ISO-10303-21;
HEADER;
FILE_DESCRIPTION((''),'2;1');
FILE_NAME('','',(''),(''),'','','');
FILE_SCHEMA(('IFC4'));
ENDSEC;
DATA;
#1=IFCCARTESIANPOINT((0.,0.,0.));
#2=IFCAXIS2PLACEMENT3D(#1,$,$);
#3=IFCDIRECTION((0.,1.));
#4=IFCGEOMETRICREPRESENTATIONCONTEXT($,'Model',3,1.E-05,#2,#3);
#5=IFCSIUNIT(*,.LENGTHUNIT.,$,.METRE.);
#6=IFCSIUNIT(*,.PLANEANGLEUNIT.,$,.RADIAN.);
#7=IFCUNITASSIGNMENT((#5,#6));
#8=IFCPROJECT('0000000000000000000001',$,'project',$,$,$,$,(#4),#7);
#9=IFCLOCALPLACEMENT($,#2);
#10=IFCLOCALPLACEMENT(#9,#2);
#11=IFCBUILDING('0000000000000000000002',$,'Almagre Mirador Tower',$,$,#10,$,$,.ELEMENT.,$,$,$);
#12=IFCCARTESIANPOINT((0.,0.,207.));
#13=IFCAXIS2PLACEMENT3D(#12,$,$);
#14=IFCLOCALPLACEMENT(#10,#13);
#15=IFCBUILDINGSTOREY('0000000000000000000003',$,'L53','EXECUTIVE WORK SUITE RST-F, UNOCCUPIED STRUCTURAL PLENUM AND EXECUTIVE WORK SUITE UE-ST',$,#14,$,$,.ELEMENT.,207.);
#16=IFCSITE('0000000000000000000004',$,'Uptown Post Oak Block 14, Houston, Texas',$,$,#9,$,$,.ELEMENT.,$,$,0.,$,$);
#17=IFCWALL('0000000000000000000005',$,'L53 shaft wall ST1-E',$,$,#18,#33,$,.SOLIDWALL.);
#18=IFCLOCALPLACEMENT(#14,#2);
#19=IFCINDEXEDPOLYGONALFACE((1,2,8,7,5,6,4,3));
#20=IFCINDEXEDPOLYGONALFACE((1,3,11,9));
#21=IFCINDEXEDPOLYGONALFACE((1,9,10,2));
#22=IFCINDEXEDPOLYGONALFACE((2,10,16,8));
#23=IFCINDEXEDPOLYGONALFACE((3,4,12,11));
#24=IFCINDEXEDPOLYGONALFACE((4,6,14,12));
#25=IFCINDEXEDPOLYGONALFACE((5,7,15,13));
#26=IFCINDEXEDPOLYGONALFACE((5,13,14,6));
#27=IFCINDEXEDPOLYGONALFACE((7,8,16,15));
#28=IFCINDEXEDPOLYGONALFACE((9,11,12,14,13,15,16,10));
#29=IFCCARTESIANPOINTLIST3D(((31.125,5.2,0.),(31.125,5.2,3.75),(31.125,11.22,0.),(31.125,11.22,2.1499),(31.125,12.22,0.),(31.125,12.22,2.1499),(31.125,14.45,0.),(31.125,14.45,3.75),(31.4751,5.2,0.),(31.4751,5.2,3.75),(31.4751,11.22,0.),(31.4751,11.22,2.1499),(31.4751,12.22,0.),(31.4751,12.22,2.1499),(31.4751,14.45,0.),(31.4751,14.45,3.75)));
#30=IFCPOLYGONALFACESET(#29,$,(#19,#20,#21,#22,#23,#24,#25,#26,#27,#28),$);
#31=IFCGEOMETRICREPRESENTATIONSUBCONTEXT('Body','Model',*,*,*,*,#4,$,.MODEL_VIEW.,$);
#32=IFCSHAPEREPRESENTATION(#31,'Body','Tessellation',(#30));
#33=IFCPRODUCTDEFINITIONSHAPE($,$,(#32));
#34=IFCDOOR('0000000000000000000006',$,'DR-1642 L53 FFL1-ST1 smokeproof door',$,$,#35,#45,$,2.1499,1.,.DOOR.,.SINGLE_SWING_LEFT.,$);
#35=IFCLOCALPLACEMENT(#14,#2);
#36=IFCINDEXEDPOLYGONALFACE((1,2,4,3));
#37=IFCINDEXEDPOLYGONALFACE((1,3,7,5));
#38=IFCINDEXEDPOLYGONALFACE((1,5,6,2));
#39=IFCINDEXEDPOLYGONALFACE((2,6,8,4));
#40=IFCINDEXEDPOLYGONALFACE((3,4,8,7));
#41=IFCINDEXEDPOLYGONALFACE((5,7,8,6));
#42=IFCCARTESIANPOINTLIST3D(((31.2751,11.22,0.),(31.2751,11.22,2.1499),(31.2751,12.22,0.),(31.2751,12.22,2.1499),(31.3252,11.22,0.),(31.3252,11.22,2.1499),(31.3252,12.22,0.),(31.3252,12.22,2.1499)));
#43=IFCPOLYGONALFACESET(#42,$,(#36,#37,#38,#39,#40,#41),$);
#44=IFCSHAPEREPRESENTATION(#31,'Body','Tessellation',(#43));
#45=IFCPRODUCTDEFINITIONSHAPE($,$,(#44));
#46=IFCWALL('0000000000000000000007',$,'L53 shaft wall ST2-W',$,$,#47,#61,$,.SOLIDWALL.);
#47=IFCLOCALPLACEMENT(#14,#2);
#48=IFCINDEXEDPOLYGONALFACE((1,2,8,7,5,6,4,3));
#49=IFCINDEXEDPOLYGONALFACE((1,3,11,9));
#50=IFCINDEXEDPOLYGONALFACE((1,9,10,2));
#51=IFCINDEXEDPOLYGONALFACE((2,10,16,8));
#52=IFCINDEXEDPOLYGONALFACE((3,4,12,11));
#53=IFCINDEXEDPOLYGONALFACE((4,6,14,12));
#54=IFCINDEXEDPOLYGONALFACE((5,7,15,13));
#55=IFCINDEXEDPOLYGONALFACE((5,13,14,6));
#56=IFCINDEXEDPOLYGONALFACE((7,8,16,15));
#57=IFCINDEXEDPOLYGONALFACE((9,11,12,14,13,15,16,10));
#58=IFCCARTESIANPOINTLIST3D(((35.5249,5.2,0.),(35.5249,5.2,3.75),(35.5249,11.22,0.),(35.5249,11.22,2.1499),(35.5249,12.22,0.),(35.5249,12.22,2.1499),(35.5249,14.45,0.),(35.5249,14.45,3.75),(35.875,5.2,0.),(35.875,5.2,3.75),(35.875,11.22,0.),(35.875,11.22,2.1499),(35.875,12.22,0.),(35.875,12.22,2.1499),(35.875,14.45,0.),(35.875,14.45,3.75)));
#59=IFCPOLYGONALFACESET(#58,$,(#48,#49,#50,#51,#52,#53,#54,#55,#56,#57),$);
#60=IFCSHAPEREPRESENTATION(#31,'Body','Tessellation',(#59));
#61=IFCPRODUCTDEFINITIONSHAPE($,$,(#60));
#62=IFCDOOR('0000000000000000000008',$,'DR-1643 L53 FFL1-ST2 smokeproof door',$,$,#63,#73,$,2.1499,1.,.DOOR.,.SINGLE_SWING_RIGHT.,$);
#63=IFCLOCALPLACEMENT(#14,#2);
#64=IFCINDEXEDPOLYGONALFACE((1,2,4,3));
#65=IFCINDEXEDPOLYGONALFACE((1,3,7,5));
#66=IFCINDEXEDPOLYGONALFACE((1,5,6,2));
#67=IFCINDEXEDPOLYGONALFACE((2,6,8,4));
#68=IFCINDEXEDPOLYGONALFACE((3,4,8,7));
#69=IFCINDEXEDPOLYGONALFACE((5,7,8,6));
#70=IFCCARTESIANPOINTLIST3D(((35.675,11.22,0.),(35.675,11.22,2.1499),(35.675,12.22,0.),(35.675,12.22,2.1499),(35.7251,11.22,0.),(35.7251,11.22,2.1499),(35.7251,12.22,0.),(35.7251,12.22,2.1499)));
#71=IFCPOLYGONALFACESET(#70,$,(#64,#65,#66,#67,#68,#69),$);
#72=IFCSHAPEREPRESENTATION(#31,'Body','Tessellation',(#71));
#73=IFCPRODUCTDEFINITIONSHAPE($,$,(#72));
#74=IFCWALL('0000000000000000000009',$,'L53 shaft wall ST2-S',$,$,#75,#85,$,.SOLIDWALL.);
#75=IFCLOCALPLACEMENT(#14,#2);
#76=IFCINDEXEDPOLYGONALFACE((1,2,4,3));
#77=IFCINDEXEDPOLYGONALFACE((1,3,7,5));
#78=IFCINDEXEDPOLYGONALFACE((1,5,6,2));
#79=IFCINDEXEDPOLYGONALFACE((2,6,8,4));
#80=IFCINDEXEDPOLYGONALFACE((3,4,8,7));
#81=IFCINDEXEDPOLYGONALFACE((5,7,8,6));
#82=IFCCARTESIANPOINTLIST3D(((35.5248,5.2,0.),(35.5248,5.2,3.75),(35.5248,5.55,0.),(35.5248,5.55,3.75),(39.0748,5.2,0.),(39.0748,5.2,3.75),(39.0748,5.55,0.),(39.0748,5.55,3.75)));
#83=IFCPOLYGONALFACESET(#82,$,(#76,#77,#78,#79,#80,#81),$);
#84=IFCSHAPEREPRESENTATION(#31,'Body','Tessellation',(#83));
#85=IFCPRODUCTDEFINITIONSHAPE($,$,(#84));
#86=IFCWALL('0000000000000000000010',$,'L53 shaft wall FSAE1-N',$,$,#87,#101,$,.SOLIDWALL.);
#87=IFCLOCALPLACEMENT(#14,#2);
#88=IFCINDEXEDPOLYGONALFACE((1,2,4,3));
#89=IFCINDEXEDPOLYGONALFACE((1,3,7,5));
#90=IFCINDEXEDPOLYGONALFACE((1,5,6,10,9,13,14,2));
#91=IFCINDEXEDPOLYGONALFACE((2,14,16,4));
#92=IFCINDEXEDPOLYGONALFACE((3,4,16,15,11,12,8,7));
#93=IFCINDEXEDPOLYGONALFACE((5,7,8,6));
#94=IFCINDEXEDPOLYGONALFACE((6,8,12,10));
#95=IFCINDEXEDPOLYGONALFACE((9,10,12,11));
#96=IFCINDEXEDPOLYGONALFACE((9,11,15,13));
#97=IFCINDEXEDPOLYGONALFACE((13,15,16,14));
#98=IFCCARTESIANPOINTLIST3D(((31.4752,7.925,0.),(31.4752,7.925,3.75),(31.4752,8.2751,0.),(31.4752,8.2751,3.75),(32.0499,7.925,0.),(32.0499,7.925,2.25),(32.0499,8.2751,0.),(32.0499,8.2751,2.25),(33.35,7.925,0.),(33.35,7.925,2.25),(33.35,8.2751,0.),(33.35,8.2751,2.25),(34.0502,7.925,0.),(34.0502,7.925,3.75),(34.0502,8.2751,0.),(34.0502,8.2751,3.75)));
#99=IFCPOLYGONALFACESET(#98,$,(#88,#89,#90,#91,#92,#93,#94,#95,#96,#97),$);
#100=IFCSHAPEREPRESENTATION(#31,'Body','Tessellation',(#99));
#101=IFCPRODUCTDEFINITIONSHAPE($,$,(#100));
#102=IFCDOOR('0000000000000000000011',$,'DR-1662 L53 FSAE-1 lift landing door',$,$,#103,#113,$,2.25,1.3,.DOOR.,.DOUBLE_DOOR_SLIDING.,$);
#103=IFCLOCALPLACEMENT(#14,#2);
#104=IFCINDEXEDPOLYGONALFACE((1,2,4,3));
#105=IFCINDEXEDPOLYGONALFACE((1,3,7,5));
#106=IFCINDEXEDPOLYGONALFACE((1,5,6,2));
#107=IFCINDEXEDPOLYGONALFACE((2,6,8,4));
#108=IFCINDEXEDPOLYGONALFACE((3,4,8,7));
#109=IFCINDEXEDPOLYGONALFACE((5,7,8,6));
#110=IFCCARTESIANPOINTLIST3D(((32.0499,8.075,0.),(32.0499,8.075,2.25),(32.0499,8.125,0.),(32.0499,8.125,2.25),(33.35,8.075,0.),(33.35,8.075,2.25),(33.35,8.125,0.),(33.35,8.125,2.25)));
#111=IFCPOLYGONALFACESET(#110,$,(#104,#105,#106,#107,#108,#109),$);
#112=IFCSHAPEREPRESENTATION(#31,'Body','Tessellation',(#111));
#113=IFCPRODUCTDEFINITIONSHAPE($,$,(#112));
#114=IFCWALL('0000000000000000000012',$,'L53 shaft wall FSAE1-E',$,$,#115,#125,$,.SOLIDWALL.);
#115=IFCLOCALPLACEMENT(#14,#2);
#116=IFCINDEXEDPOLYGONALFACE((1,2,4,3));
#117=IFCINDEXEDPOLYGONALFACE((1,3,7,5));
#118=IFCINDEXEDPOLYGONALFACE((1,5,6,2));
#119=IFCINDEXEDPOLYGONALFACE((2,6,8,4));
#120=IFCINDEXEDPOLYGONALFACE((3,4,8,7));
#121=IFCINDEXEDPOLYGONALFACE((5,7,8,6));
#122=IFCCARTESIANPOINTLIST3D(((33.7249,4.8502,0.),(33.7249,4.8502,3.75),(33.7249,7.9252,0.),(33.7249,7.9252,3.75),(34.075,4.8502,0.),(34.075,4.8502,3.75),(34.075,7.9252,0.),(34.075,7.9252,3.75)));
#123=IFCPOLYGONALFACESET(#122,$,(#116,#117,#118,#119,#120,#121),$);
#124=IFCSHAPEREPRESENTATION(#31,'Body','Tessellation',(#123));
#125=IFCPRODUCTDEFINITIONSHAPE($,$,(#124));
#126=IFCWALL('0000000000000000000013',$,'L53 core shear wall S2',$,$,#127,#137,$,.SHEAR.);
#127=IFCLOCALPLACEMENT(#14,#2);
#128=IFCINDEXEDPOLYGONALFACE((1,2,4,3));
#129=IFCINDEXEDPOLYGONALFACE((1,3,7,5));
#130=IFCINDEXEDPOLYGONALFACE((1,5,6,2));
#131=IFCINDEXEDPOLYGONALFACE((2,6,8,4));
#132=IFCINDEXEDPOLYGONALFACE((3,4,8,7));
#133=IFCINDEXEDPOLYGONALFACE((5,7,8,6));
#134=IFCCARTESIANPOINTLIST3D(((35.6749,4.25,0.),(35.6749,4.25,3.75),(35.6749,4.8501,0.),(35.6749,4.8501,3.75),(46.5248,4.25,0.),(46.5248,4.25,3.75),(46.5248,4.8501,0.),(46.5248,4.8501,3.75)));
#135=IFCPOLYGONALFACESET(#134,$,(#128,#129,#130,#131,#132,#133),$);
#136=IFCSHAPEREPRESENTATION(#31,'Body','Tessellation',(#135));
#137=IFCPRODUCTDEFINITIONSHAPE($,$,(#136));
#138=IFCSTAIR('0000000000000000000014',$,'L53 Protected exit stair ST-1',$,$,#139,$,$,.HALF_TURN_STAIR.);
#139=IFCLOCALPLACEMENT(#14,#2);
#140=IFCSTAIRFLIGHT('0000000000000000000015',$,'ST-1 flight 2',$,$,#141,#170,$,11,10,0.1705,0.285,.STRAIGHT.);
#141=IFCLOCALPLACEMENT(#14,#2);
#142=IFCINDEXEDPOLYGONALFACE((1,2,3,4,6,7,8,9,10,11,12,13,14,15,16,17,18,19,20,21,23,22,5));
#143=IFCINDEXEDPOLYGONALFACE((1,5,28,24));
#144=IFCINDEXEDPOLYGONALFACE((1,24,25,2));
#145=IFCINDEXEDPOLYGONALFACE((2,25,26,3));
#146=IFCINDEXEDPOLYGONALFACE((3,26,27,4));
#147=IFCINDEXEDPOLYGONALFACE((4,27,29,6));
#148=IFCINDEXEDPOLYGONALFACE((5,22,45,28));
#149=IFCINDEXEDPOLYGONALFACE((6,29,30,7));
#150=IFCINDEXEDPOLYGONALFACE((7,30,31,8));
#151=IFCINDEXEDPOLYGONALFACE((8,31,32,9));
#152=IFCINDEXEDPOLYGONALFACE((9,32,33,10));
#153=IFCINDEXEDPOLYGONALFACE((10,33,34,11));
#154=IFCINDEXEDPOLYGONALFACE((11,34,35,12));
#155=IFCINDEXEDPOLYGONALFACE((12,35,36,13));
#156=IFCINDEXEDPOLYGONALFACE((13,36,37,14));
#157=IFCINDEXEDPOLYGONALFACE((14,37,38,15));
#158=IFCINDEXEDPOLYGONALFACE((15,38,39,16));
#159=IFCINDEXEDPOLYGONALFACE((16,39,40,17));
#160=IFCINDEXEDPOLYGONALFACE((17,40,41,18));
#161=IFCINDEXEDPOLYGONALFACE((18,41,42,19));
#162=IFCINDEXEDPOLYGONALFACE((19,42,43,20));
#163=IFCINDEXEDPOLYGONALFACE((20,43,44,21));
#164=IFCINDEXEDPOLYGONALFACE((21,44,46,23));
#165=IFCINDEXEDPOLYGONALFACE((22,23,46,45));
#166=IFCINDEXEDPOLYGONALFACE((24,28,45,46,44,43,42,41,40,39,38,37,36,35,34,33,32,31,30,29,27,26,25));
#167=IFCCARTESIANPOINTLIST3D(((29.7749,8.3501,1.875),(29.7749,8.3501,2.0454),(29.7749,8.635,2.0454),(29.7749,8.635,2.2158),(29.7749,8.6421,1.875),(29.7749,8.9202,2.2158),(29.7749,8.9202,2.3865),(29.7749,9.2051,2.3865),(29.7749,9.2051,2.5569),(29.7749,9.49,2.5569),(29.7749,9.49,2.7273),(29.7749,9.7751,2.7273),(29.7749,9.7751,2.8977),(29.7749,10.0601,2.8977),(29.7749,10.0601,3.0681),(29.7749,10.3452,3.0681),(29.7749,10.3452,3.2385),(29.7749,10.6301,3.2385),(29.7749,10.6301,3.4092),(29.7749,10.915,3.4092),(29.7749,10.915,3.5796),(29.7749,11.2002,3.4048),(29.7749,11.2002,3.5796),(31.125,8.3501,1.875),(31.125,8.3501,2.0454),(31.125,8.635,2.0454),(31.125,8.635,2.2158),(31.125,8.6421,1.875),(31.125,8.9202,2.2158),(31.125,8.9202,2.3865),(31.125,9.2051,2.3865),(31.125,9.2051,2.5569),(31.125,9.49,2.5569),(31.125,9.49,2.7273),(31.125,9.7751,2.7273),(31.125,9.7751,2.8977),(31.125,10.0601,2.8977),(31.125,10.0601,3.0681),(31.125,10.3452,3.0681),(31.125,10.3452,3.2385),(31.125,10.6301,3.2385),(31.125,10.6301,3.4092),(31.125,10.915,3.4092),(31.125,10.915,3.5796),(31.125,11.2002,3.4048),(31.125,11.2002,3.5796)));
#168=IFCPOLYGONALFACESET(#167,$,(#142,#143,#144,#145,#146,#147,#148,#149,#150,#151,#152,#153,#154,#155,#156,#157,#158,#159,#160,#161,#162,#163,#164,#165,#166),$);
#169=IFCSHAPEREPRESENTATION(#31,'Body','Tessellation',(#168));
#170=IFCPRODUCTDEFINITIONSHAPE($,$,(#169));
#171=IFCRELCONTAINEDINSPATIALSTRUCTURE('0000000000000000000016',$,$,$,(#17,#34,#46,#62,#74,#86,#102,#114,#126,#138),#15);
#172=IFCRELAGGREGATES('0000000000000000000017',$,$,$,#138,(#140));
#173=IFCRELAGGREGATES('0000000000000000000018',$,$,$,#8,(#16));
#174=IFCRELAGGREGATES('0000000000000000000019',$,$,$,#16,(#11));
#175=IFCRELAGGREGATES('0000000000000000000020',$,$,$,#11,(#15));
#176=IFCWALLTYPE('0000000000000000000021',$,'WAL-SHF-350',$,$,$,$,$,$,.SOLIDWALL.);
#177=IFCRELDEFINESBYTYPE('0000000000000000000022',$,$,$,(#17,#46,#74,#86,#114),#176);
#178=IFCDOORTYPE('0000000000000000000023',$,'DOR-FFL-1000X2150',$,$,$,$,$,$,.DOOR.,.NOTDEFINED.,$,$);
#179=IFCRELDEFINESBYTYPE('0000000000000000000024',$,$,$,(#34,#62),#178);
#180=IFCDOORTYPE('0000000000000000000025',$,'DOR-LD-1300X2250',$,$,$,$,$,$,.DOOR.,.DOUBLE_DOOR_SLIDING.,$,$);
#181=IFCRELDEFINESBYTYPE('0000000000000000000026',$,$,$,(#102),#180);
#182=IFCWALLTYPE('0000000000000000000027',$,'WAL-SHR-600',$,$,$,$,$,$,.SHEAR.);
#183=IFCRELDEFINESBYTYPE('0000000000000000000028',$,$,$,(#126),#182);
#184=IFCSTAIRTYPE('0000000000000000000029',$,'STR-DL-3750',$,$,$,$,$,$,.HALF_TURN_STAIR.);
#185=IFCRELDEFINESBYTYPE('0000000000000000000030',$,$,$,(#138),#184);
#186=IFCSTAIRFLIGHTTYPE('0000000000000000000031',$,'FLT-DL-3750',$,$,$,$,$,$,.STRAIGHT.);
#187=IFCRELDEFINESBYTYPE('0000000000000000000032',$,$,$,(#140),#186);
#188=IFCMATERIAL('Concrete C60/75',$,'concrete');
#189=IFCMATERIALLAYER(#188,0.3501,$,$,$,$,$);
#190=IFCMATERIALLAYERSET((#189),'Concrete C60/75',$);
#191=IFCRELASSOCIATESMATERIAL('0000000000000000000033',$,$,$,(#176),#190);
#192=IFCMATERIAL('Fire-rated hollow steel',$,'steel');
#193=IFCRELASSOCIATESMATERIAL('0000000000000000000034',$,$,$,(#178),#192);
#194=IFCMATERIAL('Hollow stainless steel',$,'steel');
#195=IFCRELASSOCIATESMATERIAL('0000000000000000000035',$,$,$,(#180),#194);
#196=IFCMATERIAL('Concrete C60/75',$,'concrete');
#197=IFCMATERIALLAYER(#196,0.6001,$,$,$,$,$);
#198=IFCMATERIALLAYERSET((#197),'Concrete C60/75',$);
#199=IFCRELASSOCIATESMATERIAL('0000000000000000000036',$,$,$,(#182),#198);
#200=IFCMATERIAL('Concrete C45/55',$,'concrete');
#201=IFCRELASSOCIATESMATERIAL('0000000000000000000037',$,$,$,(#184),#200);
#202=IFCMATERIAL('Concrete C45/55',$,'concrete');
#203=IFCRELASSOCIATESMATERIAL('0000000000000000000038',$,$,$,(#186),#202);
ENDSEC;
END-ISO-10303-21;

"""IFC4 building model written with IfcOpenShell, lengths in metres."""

from ifc_helpers import new_model, si_unit, direction, frame, frame_2d, origin, place, context, subcontext, project, spatial, polyline, rectangle, outline, extrude, material, layer, layer_set, type_object, element, fill, aggregate, save


model = new_model("IFC4")

# Units and contexts
model_context = context("Model", 3, precision=1e-05, world=origin(), true_north=direction((0.0, 1.0)))
body_context = subcontext(model_context, "Body", "Model", "MODEL_VIEW")
ifc_project = project(units=[si_unit("LENGTHUNIT", "METRE"), si_unit("PLANEANGLEUNIT", "RADIAN")], contexts=[model_context])

# Site, building, storey
site_placement = place(None, origin())
site = spatial("IfcSite", under=ifc_project, at=site_placement, Name="Uptown Post Oak Block 14, Houston, Texas", CompositionType="ELEMENT", RefElevation=0.0)
building_placement = place(site_placement, origin())
building = spatial("IfcBuilding", under=site, at=building_placement, Name="Almagre Mirador Tower", CompositionType="ELEMENT")
storey_placement = place(building_placement, frame((0.0, 0.0, 207.0)))
storey = spatial("IfcBuildingStorey", under=building, at=storey_placement, Name="L53", Description="EXECUTIVE WORK SUITE RST-F, UNOCCUPIED STRUCTURAL PLENUM AND EXECUTIVE WORK SUITE UE-ST", CompositionType="ELEMENT", Elevation=207.0)

# Walls, openings, doors
ifc_material_1 = material(Name="Concrete C60/75", Category="concrete")
ifc_layer_1 = layer(ifc_material_1, 0.3501)
ifc_layer_set_1 = layer_set([ifc_layer_1], Name="Concrete C60/75")
wall_type_1 = type_object("IfcWallType", Name="WAL-SHF-350", PredefinedType="SOLIDWALL", material=ifc_layer_set_1)
wall_1_placement = place(storey_placement, frame((31.3, 5.2, 0.0), z_axis=(0.0, 0.0, 1.0), x_axis=(0.0, 1.0, 0.0)))
wall_1 = element("IfcWall", 1, at=wall_1_placement, inside=storey, type_object=wall_type_1, Name="L53 shaft wall ST1-E", PredefinedType="SOLIDWALL", context=body_context, shape_type="SweptSolid", body=[
    extrude(rectangle(XDim=9.25, YDim=0.3501, at=frame_2d((4.625, 0.0))), origin(), (0.0, 0.0, 1.0), 3.75),
])
opening_1_placement = place(wall_1_placement, frame((6.02, 0.0, 0.0)))
opening_1 = element("IfcOpeningElement", 2, at=opening_1_placement, cuts=wall_1, PredefinedType="OPENING", context=body_context, shape_type="SweptSolid", body=[
    extrude(rectangle(XDim=1.0, YDim=2.1499, at=frame_2d((0.5, 1.075))), frame((0.0, 0.185, 0.0), z_axis=(0.0, -1.0, 0.0), x_axis=(1.0, 0.0, 0.0)), (0.0, 0.0, 1.0), 0.3701),
])
ifc_material_2 = material(Name="Fire-rated hollow steel", Category="steel")
door_type_1 = type_object("IfcDoorType", Name="DOR-FFL-1000X2150", OperationType="NOTDEFINED", PredefinedType="DOOR", material=ifc_material_2)
door_1_placement = place(opening_1_placement, origin())
door_1 = element("IfcDoor", 3, at=door_1_placement, inside=storey, type_object=door_type_1, Name="DR-1642 L53 FFL1-ST1 smokeproof door", OperationType="SINGLE_SWING_LEFT", OverallHeight=2.1499, OverallWidth=1.0, PredefinedType="DOOR", context=body_context, shape_type="SweptSolid", body=[
    extrude(rectangle(XDim=1.0, YDim=2.1499, at=frame_2d((0.5, 1.075))), frame((0.0, 0.0249, 0.0), z_axis=(0.0, -1.0, 0.0), x_axis=(1.0, 0.0, 0.0)), (0.0, 0.0, 1.0), 0.05),
])
fill(opening_1, door_1)
wall_2_placement = place(storey_placement, frame((35.7, 5.2, 0.0), z_axis=(0.0, 0.0, 1.0), x_axis=(0.0, 1.0, 0.0)))
wall_2 = element("IfcWall", 4, at=wall_2_placement, inside=storey, type_object=wall_type_1, Name="L53 shaft wall ST2-W", PredefinedType="SOLIDWALL", context=body_context, shape_type="SweptSolid", body=[
    extrude(rectangle(XDim=9.25, YDim=0.3501, at=frame_2d((4.625, 0.0))), origin(), (0.0, 0.0, 1.0), 3.75),
])
opening_2_placement = place(wall_2_placement, frame((6.02, 0.0, 0.0)))
opening_2 = element("IfcOpeningElement", 5, at=opening_2_placement, cuts=wall_2, PredefinedType="OPENING", context=body_context, shape_type="SweptSolid", body=[
    extrude(rectangle(XDim=1.0, YDim=2.1499, at=frame_2d((0.5, 1.075))), frame((0.0, 0.185, 0.0), z_axis=(0.0, -1.0, 0.0), x_axis=(1.0, 0.0, 0.0)), (0.0, 0.0, 1.0), 0.3701),
])
door_2_placement = place(opening_2_placement, origin())
door_2 = element("IfcDoor", 6, at=door_2_placement, inside=storey, type_object=door_type_1, Name="DR-1643 L53 FFL1-ST2 smokeproof door", OperationType="SINGLE_SWING_RIGHT", OverallHeight=2.1499, OverallWidth=1.0, PredefinedType="DOOR", context=body_context, shape_type="SweptSolid", body=[
    extrude(rectangle(XDim=1.0, YDim=2.1499, at=frame_2d((0.5, 1.075))), frame((0.0, 0.0249, 0.0), z_axis=(0.0, -1.0, 0.0), x_axis=(1.0, 0.0, 0.0)), (0.0, 0.0, 1.0), 0.05),
])
fill(opening_2, door_2)

# Wall
wall_3_placement = place(storey_placement, frame((35.5249, 5.375, 0.0), z_axis=(0.0, 0.0, 1.0), x_axis=(1.0, 0.0, 0.0)))
element("IfcWall", 7, at=wall_3_placement, inside=storey, type_object=wall_type_1, Name="L53 shaft wall ST2-S", PredefinedType="SOLIDWALL", context=body_context, shape_type="SweptSolid", body=[
    extrude(rectangle(XDim=3.55, YDim=0.3501, at=frame_2d((1.7749, 0.0))), origin(), (0.0, 0.0, 1.0), 3.75),
])

# Wall, opening, door
wall_4_placement = place(storey_placement, frame((31.4751, 8.1001, 0.0), z_axis=(0.0, 0.0, 1.0), x_axis=(1.0, 0.0, 0.0)))
wall_4 = element("IfcWall", 8, at=wall_4_placement, inside=storey, type_object=wall_type_1, Name="L53 shaft wall FSAE1-N", PredefinedType="SOLIDWALL", context=body_context, shape_type="SweptSolid", body=[
    extrude(rectangle(XDim=2.575, YDim=0.3501, at=frame_2d((1.2876, 0.0))), origin(), (0.0, 0.0, 1.0), 3.75),
])
opening_3_placement = place(wall_4_placement, frame((0.575, 0.0, 0.0)))
opening_3 = element("IfcOpeningElement", 9, at=opening_3_placement, cuts=wall_4, PredefinedType="OPENING", context=body_context, shape_type="SweptSolid", body=[
    extrude(rectangle(XDim=1.3, YDim=2.25, at=frame_2d((0.6499, 1.125))), frame((0.0, 0.185, 0.0), z_axis=(0.0, -1.0, 0.0), x_axis=(1.0, 0.0, 0.0)), (0.0, 0.0, 1.0), 0.3701),
])
ifc_material_3 = material(Name="Hollow stainless steel", Category="steel")
door_type_2 = type_object("IfcDoorType", Name="DOR-LD-1300X2250", OperationType="DOUBLE_DOOR_SLIDING", PredefinedType="DOOR", material=ifc_material_3)
door_3_placement = place(opening_3_placement, origin())
door_3 = element("IfcDoor", 10, at=door_3_placement, inside=storey, type_object=door_type_2, Name="DR-1662 L53 FSAE-1 lift landing door", OperationType="DOUBLE_DOOR_SLIDING", OverallHeight=2.25, OverallWidth=1.3, PredefinedType="DOOR", context=body_context, shape_type="SweptSolid", body=[
    extrude(rectangle(XDim=1.3, YDim=2.25, at=frame_2d((0.6499, 1.125))), frame((0.0, 0.0249, 0.0), z_axis=(0.0, -1.0, 0.0), x_axis=(1.0, 0.0, 0.0)), (0.0, 0.0, 1.0), 0.05),
])
fill(opening_3, door_3)

# Walls
wall_5_placement = place(storey_placement, frame((33.8999, 4.8501, 0.0), z_axis=(0.0, 0.0, 1.0), x_axis=(0.0, 1.0, 0.0)))
element("IfcWall", 11, at=wall_5_placement, inside=storey, type_object=wall_type_1, Name="L53 shaft wall FSAE1-E", PredefinedType="SOLIDWALL", context=body_context, shape_type="SweptSolid", body=[
    extrude(rectangle(XDim=3.075, YDim=0.3501, at=frame_2d((1.5376, 0.0))), origin(), (0.0, 0.0, 1.0), 3.75),
])
ifc_material_4 = material(Name="Concrete C60/75", Category="concrete")
ifc_layer_2 = layer(ifc_material_4, 0.6001)
ifc_layer_set_2 = layer_set([ifc_layer_2], Name="Concrete C60/75")
wall_type_2 = type_object("IfcWallType", Name="WAL-SHR-600", PredefinedType="SHEAR", material=ifc_layer_set_2)
wall_6_placement = place(storey_placement, frame((35.675, 4.55, 0.0), z_axis=(0.0, 0.0, 1.0), x_axis=(1.0, 0.0, 0.0)))
element("IfcWall", 12, at=wall_6_placement, inside=storey, type_object=wall_type_2, Name="L53 core shear wall S2", PredefinedType="SHEAR", context=body_context, shape_type="SweptSolid", body=[
    extrude(rectangle(XDim=10.8499, YDim=0.6001, at=frame_2d((5.4248, 0.0))), origin(), (0.0, 0.0, 1.0), 3.75),
])

# Stair, stair flight
ifc_material_5 = material(Name="Concrete C45/55", Category="concrete")
stair_type = type_object("IfcStairType", Name="STR-DL-3750", PredefinedType="HALF_TURN_STAIR", material=ifc_material_5)
stair_placement = place(storey_placement, origin())
stair = element("IfcStair", 13, at=stair_placement, inside=storey, type_object=stair_type, Name="L53 Protected exit stair ST-1", PredefinedType="HALF_TURN_STAIR")
ifc_material_6 = material(Name="Concrete C45/55", Category="concrete")
stair_flight_type = type_object("IfcStairFlightType", Name="FLT-DL-3750", PredefinedType="STRAIGHT", material=ifc_material_6)
stair_flight_placement = place(storey_placement, frame((30.45, 8.3501, 1.875), z_axis=(0.0, 0.0, 1.0), x_axis=(0.0, 1.0, 0.0)))
stair_flight = element("IfcStairFlight", 14, at=stair_flight_placement, type_object=stair_flight_type, Name="ST-1 flight 2", NumberOfRisers=11, NumberOfTreads=10, PredefinedType="STRAIGHT", RiserHeight=0.1705, TreadLength=0.285, context=body_context, shape_type="SweptSolid", body=[
    extrude(outline(polyline([(0.0, 0.0), (0.0, 0.1704), (0.2849, 0.1704), (0.2849, 0.3408), (0.5701, 0.3408), (0.5701, 0.5115), (0.855, 0.5115), (0.855, 0.6819), (1.1399, 0.6819), (1.1399, 0.8523), (1.425, 0.8523), (1.425, 1.0227), (1.71, 1.0227), (1.71, 1.1931), (1.9951, 1.1931), (1.9951, 1.3635), (2.28, 1.3635), (2.28, 1.5342), (2.5649, 1.5342), (2.5649, 1.7046), (2.8501, 1.7046), (2.8501, 1.875), (2.8501, 1.5298), (0.292, 0.0), (0.0, 0.0)])), frame((0.0, 0.675, 0.0), z_axis=(0.0, -1.0, 0.0), x_axis=(1.0, 0.0, 0.0)), (0.0, 0.0, 1.0), 1.3501),
])
aggregate(stair, [stair_flight])

save(model, "model.ifc")
